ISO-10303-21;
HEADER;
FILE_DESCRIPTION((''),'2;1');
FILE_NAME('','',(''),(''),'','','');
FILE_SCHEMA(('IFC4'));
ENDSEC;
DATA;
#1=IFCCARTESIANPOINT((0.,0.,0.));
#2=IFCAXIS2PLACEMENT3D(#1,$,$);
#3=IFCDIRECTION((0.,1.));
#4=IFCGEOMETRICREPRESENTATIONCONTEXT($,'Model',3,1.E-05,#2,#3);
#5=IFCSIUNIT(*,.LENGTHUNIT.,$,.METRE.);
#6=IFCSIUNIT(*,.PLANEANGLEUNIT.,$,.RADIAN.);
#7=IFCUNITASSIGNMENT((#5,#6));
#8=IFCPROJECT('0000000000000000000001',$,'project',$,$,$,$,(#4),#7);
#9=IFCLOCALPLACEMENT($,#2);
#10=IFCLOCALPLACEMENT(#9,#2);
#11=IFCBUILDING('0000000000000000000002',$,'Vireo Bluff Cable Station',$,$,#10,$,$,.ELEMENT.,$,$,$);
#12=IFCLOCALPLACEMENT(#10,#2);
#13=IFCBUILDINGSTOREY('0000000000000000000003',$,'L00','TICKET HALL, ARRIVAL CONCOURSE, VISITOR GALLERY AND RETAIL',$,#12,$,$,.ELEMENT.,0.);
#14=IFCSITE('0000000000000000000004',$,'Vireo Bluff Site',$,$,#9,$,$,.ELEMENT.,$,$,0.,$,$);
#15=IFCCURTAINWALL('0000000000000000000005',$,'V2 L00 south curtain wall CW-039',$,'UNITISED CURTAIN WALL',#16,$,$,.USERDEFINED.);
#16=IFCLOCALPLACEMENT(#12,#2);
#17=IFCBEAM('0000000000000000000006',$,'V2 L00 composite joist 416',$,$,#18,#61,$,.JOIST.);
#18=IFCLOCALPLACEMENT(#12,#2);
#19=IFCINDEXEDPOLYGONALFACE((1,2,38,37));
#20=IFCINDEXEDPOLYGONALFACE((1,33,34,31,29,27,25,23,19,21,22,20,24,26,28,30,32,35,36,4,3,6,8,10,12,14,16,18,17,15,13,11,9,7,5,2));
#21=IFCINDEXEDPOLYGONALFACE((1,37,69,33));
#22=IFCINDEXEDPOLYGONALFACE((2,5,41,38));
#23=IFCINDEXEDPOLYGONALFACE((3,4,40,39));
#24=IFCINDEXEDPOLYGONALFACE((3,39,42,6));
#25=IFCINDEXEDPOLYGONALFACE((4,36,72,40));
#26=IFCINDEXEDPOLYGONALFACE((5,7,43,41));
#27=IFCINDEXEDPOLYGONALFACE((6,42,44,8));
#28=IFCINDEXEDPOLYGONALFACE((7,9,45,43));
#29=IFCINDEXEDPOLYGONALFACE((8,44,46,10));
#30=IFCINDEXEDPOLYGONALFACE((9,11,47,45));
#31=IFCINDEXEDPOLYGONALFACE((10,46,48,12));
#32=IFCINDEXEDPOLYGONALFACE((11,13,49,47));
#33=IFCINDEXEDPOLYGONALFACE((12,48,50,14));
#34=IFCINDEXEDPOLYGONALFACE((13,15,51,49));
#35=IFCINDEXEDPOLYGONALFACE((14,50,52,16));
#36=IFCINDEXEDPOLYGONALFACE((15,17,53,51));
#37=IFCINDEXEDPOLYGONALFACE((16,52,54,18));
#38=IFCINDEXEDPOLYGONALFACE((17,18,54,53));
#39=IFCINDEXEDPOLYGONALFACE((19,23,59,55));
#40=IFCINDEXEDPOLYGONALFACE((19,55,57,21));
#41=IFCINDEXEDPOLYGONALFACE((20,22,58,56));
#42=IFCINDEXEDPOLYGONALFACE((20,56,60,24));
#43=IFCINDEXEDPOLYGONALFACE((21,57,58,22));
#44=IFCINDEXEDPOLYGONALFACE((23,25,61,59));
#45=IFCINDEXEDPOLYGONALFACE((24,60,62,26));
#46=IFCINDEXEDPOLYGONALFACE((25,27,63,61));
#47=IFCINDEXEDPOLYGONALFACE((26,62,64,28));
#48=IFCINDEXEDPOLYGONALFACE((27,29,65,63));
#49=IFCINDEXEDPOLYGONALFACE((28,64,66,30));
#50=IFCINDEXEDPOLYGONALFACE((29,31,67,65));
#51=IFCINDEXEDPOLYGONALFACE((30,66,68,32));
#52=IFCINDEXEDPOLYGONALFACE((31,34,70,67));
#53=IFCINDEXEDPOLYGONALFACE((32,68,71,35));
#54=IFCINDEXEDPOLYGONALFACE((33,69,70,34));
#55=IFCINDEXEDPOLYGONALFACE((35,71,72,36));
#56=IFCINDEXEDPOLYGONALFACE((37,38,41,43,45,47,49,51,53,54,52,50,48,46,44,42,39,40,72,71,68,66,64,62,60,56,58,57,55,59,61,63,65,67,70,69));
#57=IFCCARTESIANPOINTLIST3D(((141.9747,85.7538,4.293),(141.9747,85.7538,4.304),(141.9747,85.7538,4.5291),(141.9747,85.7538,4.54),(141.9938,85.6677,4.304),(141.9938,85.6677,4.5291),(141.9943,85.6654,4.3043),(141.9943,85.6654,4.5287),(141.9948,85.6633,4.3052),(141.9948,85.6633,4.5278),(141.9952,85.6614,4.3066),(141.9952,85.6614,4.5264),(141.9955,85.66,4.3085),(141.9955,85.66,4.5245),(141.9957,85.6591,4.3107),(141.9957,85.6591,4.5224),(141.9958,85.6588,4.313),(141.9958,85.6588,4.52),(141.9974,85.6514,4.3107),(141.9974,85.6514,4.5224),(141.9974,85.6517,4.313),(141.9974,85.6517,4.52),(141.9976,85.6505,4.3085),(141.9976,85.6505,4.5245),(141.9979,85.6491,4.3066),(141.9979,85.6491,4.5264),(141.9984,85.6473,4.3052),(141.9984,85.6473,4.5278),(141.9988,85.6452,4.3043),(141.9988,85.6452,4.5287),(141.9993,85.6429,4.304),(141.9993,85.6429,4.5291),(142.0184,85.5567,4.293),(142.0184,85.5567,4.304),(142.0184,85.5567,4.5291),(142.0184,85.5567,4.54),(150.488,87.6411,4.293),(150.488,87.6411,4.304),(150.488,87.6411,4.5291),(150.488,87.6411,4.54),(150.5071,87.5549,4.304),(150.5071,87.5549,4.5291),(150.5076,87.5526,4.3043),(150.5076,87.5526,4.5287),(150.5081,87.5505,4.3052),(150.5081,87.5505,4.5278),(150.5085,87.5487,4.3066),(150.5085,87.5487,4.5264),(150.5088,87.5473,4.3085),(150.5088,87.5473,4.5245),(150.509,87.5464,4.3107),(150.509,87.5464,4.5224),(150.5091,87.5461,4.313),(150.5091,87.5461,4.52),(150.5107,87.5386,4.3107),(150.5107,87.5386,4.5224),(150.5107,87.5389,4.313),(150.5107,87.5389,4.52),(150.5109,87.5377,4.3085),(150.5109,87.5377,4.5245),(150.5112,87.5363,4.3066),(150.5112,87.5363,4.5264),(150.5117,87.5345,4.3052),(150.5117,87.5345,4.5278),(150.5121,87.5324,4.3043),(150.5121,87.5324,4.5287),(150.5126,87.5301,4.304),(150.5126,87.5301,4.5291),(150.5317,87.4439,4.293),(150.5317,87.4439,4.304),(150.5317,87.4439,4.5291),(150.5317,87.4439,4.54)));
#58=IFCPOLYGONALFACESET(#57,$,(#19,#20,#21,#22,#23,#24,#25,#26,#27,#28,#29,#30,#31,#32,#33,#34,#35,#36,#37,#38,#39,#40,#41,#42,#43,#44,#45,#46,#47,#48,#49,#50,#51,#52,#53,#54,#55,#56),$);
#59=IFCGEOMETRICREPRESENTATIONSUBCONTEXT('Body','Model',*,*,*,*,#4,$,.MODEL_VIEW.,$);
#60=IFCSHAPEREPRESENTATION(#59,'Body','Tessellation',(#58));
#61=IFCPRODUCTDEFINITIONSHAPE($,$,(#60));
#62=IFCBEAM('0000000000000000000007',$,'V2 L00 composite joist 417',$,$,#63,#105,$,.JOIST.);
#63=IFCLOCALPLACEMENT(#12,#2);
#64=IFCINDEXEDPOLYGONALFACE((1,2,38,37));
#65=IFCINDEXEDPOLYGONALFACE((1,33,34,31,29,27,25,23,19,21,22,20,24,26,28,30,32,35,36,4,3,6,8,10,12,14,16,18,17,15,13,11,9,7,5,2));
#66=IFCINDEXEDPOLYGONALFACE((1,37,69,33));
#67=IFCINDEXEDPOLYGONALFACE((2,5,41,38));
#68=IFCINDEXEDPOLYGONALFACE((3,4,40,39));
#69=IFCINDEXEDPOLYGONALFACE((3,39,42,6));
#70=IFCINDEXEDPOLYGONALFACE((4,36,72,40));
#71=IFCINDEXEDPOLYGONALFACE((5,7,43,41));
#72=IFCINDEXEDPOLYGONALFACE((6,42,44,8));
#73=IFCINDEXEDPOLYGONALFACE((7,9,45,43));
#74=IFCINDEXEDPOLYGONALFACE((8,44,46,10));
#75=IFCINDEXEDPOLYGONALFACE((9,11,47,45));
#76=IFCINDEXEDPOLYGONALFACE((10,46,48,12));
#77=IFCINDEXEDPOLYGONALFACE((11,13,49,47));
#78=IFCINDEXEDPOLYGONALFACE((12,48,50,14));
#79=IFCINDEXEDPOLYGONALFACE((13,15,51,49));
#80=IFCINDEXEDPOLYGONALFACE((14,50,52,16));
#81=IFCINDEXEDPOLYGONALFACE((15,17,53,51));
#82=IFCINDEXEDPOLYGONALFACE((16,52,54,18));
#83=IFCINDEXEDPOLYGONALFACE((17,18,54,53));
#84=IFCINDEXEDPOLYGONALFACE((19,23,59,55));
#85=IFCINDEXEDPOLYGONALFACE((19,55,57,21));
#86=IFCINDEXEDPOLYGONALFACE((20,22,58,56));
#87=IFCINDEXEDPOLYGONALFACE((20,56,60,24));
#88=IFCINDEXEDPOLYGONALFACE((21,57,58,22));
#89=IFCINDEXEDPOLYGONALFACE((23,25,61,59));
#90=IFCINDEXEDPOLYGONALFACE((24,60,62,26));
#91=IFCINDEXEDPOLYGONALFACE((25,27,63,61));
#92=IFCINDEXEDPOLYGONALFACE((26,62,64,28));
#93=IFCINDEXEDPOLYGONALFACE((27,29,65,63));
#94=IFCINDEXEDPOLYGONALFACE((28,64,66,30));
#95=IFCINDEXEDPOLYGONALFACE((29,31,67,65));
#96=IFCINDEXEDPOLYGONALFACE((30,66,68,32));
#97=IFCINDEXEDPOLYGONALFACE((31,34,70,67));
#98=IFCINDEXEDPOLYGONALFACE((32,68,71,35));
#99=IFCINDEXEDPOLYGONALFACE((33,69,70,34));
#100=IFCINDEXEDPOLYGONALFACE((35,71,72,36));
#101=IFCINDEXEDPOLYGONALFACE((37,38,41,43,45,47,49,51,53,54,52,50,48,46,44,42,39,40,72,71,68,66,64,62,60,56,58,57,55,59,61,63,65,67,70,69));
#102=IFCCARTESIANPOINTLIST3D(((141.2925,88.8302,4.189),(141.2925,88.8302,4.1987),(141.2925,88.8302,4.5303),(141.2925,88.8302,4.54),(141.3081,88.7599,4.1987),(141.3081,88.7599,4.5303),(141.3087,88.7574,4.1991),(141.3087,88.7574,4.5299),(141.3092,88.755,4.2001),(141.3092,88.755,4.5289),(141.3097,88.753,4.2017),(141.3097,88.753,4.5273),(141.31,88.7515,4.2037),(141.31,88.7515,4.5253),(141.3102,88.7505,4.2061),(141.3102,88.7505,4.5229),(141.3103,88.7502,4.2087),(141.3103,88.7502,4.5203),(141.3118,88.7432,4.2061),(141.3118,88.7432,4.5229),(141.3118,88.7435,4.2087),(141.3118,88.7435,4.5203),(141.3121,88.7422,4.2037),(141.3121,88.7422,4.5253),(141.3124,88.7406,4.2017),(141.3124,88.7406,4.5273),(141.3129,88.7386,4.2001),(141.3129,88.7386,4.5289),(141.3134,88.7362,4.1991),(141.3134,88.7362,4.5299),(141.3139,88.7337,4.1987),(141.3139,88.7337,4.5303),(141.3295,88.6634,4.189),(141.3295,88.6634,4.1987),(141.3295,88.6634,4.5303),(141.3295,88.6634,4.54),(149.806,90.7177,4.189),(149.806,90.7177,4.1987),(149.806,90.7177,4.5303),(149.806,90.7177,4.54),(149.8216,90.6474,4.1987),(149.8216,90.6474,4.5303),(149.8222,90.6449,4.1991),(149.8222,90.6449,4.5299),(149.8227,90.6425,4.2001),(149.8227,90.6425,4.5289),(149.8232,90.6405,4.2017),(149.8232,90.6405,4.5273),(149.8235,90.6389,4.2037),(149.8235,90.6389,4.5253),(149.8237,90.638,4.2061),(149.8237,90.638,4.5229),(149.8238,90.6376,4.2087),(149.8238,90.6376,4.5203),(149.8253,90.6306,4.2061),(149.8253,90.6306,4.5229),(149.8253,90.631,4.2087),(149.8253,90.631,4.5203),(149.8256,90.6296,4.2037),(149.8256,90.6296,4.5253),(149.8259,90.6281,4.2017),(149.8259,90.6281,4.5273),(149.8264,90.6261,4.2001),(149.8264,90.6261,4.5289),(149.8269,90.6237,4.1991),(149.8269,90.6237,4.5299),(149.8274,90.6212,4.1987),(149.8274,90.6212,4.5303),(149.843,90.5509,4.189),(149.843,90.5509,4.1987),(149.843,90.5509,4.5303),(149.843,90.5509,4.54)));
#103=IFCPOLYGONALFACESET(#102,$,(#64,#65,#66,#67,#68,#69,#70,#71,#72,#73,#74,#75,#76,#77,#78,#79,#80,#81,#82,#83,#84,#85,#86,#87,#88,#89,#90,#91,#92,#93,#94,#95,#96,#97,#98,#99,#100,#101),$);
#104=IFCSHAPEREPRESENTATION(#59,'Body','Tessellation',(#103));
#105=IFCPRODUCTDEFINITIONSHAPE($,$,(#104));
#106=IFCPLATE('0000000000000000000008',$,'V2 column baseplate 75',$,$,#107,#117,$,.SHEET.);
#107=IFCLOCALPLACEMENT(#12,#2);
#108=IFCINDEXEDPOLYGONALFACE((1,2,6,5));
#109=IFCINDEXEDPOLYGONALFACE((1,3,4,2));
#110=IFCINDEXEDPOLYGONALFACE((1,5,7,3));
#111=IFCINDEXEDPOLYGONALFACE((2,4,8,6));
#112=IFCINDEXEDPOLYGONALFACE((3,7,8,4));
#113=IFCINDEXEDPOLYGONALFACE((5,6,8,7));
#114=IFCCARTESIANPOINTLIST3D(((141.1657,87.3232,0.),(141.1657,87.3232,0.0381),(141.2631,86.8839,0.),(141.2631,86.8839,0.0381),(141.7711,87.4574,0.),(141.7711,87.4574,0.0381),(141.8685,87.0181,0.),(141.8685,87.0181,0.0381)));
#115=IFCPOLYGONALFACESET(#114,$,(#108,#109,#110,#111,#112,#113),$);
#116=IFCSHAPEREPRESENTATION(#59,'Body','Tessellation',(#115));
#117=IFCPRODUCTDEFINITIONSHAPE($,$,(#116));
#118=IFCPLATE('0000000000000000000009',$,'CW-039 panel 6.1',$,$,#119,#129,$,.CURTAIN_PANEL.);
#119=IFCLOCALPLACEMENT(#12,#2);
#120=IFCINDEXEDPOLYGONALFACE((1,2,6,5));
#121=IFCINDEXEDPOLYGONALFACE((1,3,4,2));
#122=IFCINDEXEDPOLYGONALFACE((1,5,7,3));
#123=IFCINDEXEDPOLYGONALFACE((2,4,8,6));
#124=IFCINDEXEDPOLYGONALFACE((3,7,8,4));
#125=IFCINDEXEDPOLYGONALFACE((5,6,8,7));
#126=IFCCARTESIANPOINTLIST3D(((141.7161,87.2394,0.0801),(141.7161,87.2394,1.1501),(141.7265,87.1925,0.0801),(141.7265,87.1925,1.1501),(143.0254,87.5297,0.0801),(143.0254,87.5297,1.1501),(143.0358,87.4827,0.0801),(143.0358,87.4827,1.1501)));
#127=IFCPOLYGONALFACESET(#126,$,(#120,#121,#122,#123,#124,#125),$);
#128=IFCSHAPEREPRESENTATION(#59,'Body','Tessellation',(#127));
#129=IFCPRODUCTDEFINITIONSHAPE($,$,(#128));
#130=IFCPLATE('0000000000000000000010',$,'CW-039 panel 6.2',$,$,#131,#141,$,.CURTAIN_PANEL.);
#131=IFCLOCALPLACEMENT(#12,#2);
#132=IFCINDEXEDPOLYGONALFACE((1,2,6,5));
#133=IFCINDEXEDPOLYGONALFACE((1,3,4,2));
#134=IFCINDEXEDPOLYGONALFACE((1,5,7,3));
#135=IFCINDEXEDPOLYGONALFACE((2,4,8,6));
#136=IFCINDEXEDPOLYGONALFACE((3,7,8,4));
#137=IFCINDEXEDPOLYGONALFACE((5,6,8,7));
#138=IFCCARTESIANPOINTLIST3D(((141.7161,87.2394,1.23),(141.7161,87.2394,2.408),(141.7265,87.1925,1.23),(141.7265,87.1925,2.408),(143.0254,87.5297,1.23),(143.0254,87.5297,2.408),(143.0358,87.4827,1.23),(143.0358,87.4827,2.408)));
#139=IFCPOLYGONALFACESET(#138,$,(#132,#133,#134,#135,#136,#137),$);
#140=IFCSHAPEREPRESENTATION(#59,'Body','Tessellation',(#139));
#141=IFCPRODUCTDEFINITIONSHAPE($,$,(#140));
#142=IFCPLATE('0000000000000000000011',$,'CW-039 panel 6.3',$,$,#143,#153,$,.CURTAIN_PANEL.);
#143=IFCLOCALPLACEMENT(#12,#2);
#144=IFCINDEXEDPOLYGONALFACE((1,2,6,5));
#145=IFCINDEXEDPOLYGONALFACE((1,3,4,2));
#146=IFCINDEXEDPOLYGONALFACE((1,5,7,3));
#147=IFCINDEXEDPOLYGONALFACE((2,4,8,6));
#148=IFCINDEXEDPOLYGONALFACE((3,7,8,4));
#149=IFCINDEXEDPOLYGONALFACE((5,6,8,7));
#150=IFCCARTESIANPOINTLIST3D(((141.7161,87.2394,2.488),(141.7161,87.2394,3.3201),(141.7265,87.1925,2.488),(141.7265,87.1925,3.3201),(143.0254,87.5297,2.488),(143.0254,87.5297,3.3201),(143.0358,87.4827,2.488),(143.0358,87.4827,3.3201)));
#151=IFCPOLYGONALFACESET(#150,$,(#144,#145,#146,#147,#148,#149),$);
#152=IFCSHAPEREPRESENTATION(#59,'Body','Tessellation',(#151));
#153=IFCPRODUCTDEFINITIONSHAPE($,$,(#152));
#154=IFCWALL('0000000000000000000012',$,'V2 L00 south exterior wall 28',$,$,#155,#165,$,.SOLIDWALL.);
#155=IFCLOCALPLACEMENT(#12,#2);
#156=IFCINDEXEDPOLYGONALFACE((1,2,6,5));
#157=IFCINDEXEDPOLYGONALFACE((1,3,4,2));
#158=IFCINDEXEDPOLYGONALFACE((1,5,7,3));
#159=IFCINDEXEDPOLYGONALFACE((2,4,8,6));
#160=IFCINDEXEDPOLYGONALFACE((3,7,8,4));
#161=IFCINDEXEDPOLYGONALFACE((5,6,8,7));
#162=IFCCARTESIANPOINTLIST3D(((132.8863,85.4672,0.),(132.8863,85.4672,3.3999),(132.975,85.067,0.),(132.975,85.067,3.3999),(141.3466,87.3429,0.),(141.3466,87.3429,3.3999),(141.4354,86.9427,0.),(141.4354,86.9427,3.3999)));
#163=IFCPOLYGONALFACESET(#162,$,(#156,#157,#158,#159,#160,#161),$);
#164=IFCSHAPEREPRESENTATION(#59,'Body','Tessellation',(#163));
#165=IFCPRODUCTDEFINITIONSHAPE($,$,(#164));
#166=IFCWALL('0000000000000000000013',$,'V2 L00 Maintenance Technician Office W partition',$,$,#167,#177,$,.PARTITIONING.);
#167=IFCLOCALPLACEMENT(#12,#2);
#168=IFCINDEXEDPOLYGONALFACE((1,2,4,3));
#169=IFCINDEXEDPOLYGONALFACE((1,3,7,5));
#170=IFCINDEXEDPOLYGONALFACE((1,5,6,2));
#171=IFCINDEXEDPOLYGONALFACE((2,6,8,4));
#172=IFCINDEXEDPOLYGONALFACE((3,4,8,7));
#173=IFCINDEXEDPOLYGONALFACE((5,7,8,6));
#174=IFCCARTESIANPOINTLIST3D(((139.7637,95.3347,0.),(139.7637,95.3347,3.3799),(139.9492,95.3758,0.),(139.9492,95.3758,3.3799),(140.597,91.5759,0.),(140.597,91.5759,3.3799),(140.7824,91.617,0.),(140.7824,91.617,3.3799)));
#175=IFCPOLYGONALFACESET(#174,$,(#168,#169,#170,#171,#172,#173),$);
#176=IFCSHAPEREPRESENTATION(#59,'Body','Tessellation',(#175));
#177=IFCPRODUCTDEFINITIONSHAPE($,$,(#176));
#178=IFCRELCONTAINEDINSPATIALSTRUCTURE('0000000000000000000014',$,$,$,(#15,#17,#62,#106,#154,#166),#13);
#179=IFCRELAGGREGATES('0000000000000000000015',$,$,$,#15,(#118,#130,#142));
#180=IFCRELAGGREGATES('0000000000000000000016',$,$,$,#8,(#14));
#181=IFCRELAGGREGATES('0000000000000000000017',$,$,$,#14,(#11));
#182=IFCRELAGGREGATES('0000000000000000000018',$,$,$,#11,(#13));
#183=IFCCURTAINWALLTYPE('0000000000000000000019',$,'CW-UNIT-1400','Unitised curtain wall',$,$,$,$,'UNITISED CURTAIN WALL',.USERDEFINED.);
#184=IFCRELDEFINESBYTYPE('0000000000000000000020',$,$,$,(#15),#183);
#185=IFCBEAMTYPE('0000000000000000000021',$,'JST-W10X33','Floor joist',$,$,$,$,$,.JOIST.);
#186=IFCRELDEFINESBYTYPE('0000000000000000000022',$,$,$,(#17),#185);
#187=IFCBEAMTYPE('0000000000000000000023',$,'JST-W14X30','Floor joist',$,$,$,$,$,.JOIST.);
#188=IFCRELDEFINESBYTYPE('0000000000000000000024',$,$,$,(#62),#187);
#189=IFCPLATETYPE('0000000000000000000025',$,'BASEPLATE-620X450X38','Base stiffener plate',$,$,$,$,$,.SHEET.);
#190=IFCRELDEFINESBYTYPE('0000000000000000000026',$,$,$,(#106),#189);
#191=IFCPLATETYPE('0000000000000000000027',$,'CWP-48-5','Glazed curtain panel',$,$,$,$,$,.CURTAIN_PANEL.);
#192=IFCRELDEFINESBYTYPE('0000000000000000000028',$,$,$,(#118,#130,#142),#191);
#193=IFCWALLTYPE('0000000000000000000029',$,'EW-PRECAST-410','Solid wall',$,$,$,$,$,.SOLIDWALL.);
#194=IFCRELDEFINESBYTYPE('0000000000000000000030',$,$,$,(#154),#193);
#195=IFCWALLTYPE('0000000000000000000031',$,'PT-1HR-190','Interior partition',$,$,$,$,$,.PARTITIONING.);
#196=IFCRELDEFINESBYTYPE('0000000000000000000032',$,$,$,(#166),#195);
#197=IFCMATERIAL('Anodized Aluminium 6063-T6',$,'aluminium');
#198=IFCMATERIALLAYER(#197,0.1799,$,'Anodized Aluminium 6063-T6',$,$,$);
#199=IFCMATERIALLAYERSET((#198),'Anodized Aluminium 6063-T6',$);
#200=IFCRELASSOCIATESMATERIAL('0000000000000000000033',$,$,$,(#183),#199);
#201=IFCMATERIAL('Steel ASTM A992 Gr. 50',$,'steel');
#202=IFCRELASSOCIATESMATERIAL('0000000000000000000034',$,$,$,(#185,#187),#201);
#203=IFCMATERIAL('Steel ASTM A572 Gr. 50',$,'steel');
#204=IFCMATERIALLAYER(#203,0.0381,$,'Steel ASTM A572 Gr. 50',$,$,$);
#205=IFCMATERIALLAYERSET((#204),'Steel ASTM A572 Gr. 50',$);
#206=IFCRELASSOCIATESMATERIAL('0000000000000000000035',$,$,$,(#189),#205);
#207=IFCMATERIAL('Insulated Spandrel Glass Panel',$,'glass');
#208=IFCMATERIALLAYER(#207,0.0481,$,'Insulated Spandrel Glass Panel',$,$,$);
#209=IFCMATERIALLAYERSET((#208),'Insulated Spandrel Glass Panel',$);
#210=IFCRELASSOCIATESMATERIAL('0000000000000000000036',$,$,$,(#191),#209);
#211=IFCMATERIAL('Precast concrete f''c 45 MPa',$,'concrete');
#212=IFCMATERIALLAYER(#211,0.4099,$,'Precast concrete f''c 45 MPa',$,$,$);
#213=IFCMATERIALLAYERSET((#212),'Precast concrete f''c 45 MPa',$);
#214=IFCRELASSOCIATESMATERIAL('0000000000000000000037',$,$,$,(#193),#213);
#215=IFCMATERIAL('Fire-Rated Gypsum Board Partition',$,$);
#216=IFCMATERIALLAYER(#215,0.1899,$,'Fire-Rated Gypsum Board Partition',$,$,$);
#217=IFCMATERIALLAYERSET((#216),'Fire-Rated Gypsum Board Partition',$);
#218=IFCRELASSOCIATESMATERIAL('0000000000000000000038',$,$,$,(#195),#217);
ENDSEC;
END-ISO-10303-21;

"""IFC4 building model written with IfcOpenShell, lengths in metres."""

from ifc_helpers import new_model, si_unit, direction, frame, frame_2d, origin, origin_2d, place, context, subcontext, project, spatial, rectangle, i_section, extrude, material, layer, layer_set, material_profile, profile_set, type_object, element, aggregate, save


model = new_model("IFC4")

# Units and contexts
model_context = context("Model", 3, precision=1e-05, world=origin(), true_north=direction((0.0, 1.0)))
body_context = subcontext(model_context, "Body", "Model", "MODEL_VIEW")
ifc_project = project(units=[si_unit("LENGTHUNIT", "METRE"), si_unit("PLANEANGLEUNIT", "RADIAN")], contexts=[model_context])

# Site, building, storey
site_placement = place(None, origin())
site = spatial("IfcSite", under=ifc_project, at=site_placement, Name="Vireo Bluff Site", CompositionType="ELEMENT", RefElevation=0.0)
building_placement = place(site_placement, origin())
building = spatial("IfcBuilding", under=site, at=building_placement, Name="Vireo Bluff Cable Station", CompositionType="ELEMENT")
storey_placement = place(building_placement, origin())
storey = spatial("IfcBuildingStorey", under=building, at=storey_placement, Name="L00", Description="TICKET HALL, ARRIVAL CONCOURSE, VISITOR GALLERY AND RETAIL", CompositionType="ELEMENT", Elevation=0.0)

# Shared definitions
ifc_material_1 = material(Name="Steel ASTM A992 Gr. 50", Category="steel")

# Curtain wall
ifc_material_2 = material(Name="Anodized Aluminium 6063-T6", Category="aluminium")
ifc_layer_1 = layer(ifc_material_2, 0.1799, Name="Anodized Aluminium 6063-T6")
ifc_layer_set_1 = layer_set([ifc_layer_1], Name="Anodized Aluminium 6063-T6")
curtain_wall_type = type_object("IfcCurtainWallType", Name="CW-UNIT-1400", Description="Unitised curtain wall", ElementType="UNITISED CURTAIN WALL", PredefinedType="USERDEFINED", material=ifc_layer_set_1)
curtain_wall_placement = place(storey_placement, origin())
curtain_wall = element("IfcCurtainWall", 1, at=curtain_wall_placement, inside=storey, type_object=curtain_wall_type, Name="V2 L00 south curtain wall CW-039", ObjectType="UNITISED CURTAIN WALL", PredefinedType="USERDEFINED")

# Beams
ifc_material_profile_1 = material_profile(ifc_material_1, i_section(OverallWidth=0.2019, OverallDepth=0.2471, WebThickness=0.0073, FlangeThickness=0.011, FilletRadius=0.009, at=origin_2d()), Name="W10X33")
ifc_profile_set_1 = profile_set([ifc_material_profile_1], Name="Steel ASTM A992 Gr. 50")
beam_type_1 = type_object("IfcBeamType", Name="JST-W10X33", Description="Floor joist", PredefinedType="JOIST", material=ifc_profile_set_1)
beam_1_placement = place(storey_placement, frame((141.9966, 85.6553, 4.4165), z_axis=(0.976299, 0.216426, 0.0), x_axis=(-0.216426, 0.976299, 0.0)))
element("IfcBeam", 2, at=beam_1_placement, inside=storey, type_object=beam_type_1, Name="V2 L00 composite joist 416", PredefinedType="JOIST", context=body_context, shape_type="SweptSolid", body=[
    extrude(i_section(OverallWidth=0.2019, OverallDepth=0.2471, WebThickness=0.0073, FlangeThickness=0.011, FilletRadius=0.009, at=origin_2d()), origin(), (0.0, 0.0, 1.0), 8.72),
])
ifc_material_profile_2 = material_profile(ifc_material_1, i_section(OverallWidth=0.1709, OverallDepth=0.3511, WebThickness=0.0068, FlangeThickness=0.0098, FilletRadius=0.01, at=origin_2d()), Name="W14X30")
ifc_profile_set_2 = profile_set([ifc_material_profile_2], Name="Steel ASTM A992 Gr. 50")
beam_type_2 = type_object("IfcBeamType", Name="JST-W14X30", Description="Floor joist", PredefinedType="JOIST", material=ifc_profile_set_2)
beam_2_placement = place(storey_placement, frame((141.311, 88.7468, 4.3645), z_axis=(0.976294, 0.216447, 0.0), x_axis=(-0.216447, 0.976294, 0.0)))
element("IfcBeam", 3, at=beam_2_placement, inside=storey, type_object=beam_type_2, Name="V2 L00 composite joist 417", PredefinedType="JOIST", context=body_context, shape_type="SweptSolid", body=[
    extrude(i_section(OverallWidth=0.1709, OverallDepth=0.3511, WebThickness=0.0068, FlangeThickness=0.0098, FilletRadius=0.01, at=origin_2d()), origin(), (0.0, 0.0, 1.0), 8.7202),
])

# Plates
ifc_material_3 = material(Name="Steel ASTM A572 Gr. 50", Category="steel")
ifc_layer_2 = layer(ifc_material_3, 0.0381, Name="Steel ASTM A572 Gr. 50")
ifc_layer_set_2 = layer_set([ifc_layer_2], Name="Steel ASTM A572 Gr. 50")
plate_type_1 = type_object("IfcPlateType", Name="BASEPLATE-620X450X38", Description="Base stiffener plate", PredefinedType="SHEET", material=ifc_layer_set_2)
plate_1_placement = place(storey_placement, frame((141.5171, 87.1707, 0.0), z_axis=(0.0, 0.0, 1.0), x_axis=(0.976296, 0.21644, 0.0)))
element("IfcPlate", 4, at=plate_1_placement, inside=storey, type_object=plate_type_1, Name="V2 column baseplate 75", PredefinedType="SHEET", context=body_context, shape_type="SweptSolid", body=[
    extrude(rectangle(XDim=0.6201, YDim=0.45, at=origin_2d()), origin(), (0.0, 0.0, 1.0), 0.0381),
])
ifc_material_4 = material(Name="Insulated Spandrel Glass Panel", Category="glass")
ifc_layer_3 = layer(ifc_material_4, 0.0481, Name="Insulated Spandrel Glass Panel")
ifc_layer_set_3 = layer_set([ifc_layer_3], Name="Insulated Spandrel Glass Panel")
plate_type_2 = type_object("IfcPlateType", Name="CWP-48-5", Description="Glazed curtain panel", PredefinedType="CURTAIN_PANEL", material=ifc_layer_set_3)
plate_2_placement = place(storey_placement, frame((142.376, 87.3611, 0.0801), z_axis=(0.0, 0.0, 1.0), x_axis=(-0.976296, -0.21644, 0.0)))
plate_2 = element("IfcPlate", 5, at=plate_2_placement, type_object=plate_type_2, Name="CW-039 panel 6.1", PredefinedType="CURTAIN_PANEL", context=body_context, shape_type="SweptSolid", body=[
    extrude(rectangle(XDim=1.3411, YDim=0.0481, at=origin_2d()), origin(), (0.0, 0.0, 1.0), 1.0701),
])
plate_3_placement = place(storey_placement, frame((142.376, 87.3611, 1.23), z_axis=(0.0, 0.0, 1.0), x_axis=(-0.976296, -0.21644, 0.0)))
plate_3 = element("IfcPlate", 6, at=plate_3_placement, type_object=plate_type_2, Name="CW-039 panel 6.2", PredefinedType="CURTAIN_PANEL", context=body_context, shape_type="SweptSolid", body=[
    extrude(rectangle(XDim=1.3411, YDim=0.0481, at=origin_2d()), origin(), (0.0, 0.0, 1.0), 1.178),
])
plate_4_placement = place(storey_placement, frame((142.376, 87.3611, 2.488), z_axis=(0.0, 0.0, 1.0), x_axis=(-0.976296, -0.21644, 0.0)))
plate_4 = element("IfcPlate", 7, at=plate_4_placement, type_object=plate_type_2, Name="CW-039 panel 6.3", PredefinedType="CURTAIN_PANEL", context=body_context, shape_type="SweptSolid", body=[
    extrude(rectangle(XDim=1.3411, YDim=0.0481, at=origin_2d()), origin(), (0.0, 0.0, 1.0), 0.832),
])
aggregate(curtain_wall, [plate_2, plate_3, plate_4])

# Walls
ifc_material_5 = material(Name="Precast concrete f'c 45 MPa", Category="concrete")
ifc_layer_4 = layer(ifc_material_5, 0.4099, Name="Precast concrete f'c 45 MPa")
ifc_layer_set_4 = layer_set([ifc_layer_4], Name="Precast concrete f'c 45 MPa")
wall_type_1 = type_object("IfcWallType", Name="EW-PRECAST-410", Description="Solid wall", PredefinedType="SOLIDWALL", material=ifc_layer_set_4)
wall_1_placement = place(storey_placement, frame((141.3911, 87.1428, 0.0), z_axis=(0.0, 0.0, 1.0), x_axis=(-0.976294, -0.21645, 0.0)))
element("IfcWall", 8, at=wall_1_placement, inside=storey, type_object=wall_type_1, Name="V2 L00 south exterior wall 28", PredefinedType="SOLIDWALL", context=body_context, shape_type="SweptSolid", body=[
    extrude(rectangle(XDim=8.6658, YDim=0.4099, at=frame_2d((4.333, 0.0))), origin(), (0.0, 0.0, 1.0), 3.3999),
])
ifc_material_6 = material(Name="Fire-Rated Gypsum Board Partition")
ifc_layer_5 = layer(ifc_material_6, 0.1899, Name="Fire-Rated Gypsum Board Partition")
ifc_layer_set_5 = layer_set([ifc_layer_5], Name="Fire-Rated Gypsum Board Partition")
wall_type_2 = type_object("IfcWallType", Name="PT-1HR-190", Description="Interior partition", PredefinedType="PARTITIONING", material=ifc_layer_set_5)
wall_2_placement = place(storey_placement, frame((140.6897, 91.5964, 0.0), z_axis=(0.0, 0.0, 1.0), x_axis=(-0.216427, 0.976299, 0.0)))
element("IfcWall", 9, at=wall_2_placement, inside=storey, type_object=wall_type_2, Name="V2 L00 Maintenance Technician Office W partition", PredefinedType="PARTITIONING", context=body_context, shape_type="SweptSolid", body=[
    extrude(rectangle(XDim=3.8501, YDim=0.1899, at=frame_2d((1.925, 0.0))), origin(), (0.0, 0.0, 1.0), 3.3799),
])

save(model, "model.ifc")
